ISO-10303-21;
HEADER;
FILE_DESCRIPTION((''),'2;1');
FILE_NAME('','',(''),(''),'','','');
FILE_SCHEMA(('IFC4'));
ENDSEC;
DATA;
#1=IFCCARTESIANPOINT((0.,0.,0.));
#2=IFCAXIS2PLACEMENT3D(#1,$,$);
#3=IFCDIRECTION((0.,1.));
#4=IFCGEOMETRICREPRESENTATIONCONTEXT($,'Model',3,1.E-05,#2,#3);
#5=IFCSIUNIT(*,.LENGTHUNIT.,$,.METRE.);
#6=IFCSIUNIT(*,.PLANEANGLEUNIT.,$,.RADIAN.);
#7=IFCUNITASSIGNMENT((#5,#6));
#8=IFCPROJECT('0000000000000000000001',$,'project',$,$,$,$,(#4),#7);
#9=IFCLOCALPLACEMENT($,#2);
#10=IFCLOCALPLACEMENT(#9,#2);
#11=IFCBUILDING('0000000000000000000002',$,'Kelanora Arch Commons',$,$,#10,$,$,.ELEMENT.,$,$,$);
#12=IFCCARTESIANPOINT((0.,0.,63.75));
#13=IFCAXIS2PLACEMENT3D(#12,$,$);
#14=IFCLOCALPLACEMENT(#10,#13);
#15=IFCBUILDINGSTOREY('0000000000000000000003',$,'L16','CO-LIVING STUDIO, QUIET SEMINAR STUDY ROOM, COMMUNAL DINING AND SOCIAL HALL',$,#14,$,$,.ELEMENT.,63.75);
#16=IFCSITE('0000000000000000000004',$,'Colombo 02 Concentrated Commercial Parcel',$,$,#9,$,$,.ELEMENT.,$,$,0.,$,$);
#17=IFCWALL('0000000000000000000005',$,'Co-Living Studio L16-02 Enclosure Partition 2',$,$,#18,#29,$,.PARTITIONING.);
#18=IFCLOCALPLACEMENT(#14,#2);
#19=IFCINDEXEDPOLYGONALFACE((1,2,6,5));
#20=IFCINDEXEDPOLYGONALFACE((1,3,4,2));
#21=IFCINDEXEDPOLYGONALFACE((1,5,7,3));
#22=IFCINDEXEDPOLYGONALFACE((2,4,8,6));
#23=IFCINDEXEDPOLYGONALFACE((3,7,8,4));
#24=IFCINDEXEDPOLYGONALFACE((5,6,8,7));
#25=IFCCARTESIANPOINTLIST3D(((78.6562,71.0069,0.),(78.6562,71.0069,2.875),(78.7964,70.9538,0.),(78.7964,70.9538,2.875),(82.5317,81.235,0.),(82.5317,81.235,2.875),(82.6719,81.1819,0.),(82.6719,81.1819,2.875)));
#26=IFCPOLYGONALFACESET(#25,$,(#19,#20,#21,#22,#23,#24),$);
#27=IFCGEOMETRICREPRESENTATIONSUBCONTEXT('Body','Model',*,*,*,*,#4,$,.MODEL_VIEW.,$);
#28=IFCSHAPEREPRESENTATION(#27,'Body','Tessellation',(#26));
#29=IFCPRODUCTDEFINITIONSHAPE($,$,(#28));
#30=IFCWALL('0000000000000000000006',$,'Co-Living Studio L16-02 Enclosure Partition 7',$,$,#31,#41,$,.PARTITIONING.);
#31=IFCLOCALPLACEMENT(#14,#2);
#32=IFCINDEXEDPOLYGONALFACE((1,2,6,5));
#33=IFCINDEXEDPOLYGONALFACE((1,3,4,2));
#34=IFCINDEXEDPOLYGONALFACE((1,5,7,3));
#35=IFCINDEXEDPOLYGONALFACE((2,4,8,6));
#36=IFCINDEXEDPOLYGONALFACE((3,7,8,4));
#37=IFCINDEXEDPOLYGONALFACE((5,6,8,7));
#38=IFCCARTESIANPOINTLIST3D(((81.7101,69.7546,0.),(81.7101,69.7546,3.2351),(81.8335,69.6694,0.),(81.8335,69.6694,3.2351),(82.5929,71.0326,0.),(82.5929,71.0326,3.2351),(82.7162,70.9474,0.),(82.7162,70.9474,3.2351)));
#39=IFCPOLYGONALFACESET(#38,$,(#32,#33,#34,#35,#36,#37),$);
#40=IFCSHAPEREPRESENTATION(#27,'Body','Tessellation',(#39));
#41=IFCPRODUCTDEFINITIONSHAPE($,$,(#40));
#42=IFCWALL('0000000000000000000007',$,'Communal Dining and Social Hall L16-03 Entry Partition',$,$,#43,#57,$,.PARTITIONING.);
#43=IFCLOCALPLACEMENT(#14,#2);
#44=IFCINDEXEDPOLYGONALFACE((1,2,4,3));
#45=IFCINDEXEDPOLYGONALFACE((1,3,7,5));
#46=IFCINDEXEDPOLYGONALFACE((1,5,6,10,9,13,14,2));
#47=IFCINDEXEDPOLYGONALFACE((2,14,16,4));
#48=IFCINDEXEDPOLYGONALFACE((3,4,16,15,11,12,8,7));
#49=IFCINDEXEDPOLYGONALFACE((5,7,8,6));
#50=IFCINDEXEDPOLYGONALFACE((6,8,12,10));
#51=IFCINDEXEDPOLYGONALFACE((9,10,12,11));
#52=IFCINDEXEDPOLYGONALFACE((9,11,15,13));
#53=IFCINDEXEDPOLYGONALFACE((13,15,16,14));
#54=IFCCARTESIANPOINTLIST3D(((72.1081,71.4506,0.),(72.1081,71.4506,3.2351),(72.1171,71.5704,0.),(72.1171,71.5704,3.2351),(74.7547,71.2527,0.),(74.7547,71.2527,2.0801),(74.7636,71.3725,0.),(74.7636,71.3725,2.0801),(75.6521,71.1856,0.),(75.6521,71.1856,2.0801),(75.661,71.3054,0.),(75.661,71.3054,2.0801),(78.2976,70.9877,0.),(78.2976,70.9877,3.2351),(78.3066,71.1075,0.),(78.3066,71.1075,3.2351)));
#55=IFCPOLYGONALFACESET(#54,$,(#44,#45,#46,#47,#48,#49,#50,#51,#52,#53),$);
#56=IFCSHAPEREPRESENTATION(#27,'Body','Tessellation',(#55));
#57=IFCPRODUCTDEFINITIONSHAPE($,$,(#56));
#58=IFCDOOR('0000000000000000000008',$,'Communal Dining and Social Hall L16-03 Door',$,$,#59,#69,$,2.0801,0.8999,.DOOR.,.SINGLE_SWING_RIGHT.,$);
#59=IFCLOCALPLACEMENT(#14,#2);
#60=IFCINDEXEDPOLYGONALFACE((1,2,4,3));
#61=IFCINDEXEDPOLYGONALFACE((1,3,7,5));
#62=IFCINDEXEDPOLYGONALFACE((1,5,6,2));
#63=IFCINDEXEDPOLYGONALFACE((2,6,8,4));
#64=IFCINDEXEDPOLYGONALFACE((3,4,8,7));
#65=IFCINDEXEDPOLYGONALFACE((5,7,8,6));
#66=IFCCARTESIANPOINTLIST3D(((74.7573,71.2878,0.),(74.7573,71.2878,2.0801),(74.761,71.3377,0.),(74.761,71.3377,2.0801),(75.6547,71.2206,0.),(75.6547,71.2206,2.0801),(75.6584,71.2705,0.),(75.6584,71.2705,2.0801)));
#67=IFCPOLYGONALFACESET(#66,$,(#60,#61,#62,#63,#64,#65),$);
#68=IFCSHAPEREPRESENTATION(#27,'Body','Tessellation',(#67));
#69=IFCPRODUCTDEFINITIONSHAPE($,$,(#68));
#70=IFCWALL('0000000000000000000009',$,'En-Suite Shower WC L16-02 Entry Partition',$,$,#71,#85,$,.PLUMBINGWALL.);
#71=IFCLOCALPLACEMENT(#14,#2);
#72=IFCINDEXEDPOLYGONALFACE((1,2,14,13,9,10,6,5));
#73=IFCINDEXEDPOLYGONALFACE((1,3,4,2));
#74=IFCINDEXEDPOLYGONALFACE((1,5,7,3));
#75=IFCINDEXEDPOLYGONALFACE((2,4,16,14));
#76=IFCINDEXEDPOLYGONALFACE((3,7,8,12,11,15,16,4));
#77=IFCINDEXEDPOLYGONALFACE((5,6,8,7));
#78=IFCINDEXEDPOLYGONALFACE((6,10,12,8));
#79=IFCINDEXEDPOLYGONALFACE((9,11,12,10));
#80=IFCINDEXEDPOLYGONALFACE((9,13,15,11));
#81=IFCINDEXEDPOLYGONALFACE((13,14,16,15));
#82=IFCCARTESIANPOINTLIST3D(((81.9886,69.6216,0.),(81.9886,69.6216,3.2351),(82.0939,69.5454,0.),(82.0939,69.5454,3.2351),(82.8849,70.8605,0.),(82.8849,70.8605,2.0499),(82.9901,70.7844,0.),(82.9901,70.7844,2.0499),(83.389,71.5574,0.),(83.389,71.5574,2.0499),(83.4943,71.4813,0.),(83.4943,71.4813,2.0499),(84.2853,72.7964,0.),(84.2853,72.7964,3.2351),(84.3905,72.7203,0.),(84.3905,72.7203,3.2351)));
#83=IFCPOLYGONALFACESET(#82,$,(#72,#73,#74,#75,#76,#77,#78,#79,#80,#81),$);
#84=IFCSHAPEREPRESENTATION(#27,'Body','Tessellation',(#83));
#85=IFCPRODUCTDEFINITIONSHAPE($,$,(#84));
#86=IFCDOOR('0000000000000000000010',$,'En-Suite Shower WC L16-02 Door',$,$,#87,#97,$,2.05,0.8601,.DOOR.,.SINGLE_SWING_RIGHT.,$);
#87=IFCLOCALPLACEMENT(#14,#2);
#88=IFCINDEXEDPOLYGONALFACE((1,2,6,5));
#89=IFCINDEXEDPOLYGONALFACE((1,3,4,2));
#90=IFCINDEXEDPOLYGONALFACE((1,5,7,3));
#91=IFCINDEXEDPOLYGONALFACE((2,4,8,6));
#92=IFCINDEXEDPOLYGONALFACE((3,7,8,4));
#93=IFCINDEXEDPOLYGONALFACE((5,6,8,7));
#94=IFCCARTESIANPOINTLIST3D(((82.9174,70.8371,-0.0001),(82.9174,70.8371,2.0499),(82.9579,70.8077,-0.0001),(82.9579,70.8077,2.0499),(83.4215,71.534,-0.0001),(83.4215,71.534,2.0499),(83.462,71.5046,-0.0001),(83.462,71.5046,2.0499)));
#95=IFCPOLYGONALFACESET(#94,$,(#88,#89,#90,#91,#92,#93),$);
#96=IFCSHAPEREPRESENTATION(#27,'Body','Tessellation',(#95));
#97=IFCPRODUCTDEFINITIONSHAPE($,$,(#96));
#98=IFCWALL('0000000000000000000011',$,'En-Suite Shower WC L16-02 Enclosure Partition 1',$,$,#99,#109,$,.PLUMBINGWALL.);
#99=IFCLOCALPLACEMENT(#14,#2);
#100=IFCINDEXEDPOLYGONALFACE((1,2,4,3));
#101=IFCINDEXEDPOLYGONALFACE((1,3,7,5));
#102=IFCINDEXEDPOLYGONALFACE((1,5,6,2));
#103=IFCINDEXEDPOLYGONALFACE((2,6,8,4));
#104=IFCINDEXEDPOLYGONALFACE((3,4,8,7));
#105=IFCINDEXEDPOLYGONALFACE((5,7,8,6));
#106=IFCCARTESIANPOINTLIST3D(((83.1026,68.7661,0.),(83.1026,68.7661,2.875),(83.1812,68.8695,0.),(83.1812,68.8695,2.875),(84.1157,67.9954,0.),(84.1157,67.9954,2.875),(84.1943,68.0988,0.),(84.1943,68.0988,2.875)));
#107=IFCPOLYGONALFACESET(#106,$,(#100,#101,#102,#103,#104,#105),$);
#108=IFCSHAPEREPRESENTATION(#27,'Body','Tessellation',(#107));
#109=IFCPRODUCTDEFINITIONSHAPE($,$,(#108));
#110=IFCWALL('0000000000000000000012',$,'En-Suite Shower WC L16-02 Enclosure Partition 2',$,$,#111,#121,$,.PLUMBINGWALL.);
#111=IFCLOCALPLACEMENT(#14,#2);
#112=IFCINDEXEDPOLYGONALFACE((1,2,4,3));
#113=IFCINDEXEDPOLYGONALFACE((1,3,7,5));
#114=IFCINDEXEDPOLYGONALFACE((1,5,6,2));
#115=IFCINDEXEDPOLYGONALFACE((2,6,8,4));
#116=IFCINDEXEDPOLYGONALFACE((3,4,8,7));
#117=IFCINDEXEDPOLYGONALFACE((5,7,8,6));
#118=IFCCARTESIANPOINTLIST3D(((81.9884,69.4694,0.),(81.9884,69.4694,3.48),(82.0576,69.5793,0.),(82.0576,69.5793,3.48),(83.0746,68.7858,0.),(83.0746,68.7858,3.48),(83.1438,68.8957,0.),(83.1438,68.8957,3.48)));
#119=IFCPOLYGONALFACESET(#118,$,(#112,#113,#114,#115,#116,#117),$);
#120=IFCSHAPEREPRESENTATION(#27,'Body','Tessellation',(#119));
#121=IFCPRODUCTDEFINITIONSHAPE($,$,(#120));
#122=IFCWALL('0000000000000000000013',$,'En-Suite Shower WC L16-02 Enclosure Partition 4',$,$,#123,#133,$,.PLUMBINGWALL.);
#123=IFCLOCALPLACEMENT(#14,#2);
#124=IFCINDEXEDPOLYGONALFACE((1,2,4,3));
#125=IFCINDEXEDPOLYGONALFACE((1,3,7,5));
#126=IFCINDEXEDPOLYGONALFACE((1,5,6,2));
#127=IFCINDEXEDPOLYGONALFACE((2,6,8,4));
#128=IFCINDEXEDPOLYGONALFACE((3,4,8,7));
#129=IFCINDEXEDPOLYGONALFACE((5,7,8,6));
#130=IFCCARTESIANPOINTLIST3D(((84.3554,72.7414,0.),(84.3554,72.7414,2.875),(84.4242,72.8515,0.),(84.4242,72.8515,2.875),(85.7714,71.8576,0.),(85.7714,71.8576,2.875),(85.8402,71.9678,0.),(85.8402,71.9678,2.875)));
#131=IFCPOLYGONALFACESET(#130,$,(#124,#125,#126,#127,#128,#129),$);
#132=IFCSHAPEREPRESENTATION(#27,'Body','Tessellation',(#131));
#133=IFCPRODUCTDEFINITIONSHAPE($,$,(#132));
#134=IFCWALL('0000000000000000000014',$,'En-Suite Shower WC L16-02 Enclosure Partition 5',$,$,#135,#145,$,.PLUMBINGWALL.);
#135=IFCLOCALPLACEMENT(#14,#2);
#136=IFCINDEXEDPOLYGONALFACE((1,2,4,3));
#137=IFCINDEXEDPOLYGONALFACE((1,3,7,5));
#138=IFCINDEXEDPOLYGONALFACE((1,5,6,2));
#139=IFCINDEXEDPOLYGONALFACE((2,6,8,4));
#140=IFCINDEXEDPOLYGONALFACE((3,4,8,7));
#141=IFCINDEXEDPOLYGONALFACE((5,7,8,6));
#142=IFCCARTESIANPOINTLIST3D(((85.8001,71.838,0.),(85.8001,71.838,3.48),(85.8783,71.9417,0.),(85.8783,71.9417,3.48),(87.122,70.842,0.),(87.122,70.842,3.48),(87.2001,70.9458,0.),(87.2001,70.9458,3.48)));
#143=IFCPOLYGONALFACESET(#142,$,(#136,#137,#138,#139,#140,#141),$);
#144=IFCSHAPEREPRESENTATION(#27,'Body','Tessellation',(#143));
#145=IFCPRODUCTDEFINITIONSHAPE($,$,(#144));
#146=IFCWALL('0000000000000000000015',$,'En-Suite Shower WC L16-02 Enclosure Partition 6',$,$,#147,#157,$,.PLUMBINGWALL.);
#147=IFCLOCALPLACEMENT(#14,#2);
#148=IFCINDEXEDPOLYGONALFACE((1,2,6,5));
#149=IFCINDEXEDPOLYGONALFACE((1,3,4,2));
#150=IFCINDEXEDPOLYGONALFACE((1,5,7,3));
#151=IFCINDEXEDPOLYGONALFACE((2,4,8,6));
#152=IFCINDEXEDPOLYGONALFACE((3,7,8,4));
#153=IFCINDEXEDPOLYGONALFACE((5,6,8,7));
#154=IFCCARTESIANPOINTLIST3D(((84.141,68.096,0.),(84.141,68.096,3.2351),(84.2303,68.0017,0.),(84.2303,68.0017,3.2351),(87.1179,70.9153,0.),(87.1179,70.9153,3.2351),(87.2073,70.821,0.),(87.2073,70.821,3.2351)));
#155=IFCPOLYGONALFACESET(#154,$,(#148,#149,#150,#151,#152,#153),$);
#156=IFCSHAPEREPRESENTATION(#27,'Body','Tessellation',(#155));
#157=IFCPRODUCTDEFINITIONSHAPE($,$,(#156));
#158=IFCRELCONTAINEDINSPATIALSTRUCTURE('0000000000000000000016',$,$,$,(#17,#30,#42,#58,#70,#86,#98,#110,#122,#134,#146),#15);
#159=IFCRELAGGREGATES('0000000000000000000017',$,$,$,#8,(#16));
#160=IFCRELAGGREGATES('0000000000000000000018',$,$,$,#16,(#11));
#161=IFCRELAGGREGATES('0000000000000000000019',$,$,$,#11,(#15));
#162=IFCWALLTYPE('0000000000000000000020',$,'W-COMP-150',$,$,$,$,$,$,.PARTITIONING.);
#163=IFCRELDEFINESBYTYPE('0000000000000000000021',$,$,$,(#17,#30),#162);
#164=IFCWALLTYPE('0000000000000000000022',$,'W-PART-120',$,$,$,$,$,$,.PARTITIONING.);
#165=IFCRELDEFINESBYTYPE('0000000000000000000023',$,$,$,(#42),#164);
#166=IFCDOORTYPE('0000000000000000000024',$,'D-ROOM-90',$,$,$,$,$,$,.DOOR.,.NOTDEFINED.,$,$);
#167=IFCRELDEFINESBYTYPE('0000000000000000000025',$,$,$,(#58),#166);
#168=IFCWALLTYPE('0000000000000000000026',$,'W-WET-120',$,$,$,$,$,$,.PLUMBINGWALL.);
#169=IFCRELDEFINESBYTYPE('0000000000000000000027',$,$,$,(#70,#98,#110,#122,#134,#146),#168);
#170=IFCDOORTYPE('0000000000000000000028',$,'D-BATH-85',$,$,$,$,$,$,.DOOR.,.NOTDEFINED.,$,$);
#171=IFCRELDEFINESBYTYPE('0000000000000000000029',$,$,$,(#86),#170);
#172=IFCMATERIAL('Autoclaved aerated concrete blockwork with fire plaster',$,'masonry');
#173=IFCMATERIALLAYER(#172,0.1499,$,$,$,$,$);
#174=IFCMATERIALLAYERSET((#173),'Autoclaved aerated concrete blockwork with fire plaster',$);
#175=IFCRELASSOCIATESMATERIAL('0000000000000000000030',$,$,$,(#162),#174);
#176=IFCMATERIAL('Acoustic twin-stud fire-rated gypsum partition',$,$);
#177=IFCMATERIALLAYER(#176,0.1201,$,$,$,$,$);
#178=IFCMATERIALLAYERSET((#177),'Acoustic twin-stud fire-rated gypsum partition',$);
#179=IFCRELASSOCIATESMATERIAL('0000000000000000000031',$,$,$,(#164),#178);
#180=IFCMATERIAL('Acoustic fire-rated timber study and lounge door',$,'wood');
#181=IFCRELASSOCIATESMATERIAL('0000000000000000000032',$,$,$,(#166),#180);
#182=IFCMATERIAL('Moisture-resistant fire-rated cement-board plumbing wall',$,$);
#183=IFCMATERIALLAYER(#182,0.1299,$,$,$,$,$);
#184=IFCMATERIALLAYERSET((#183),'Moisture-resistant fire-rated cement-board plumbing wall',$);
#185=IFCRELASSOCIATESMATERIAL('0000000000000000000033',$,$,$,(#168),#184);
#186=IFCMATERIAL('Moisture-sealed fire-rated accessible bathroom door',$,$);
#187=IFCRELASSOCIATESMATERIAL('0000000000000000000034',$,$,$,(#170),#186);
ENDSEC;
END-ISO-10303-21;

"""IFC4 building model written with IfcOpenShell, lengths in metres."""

from ifc_helpers import new_model, si_unit, direction, frame, frame_2d, origin, place, context, subcontext, project, spatial, rectangle, extrude, material, layer, layer_set, type_object, element, fill, save


model = new_model("IFC4")

# Units and contexts
model_context = context("Model", 3, precision=1e-05, world=origin(), true_north=direction((0.0, 1.0)))
body_context = subcontext(model_context, "Body", "Model", "MODEL_VIEW")
ifc_project = project(units=[si_unit("LENGTHUNIT", "METRE"), si_unit("PLANEANGLEUNIT", "RADIAN")], contexts=[model_context])

# Site, building, storey
site_placement = place(None, origin())
site = spatial("IfcSite", under=ifc_project, at=site_placement, Name="Colombo 02 Concentrated Commercial Parcel", CompositionType="ELEMENT", RefElevation=0.0)
building_placement = place(site_placement, origin())
building = spatial("IfcBuilding", under=site, at=building_placement, Name="Kelanora Arch Commons", CompositionType="ELEMENT")
storey_placement = place(building_placement, frame((0.0, 0.0, 63.75)))
storey = spatial("IfcBuildingStorey", under=building, at=storey_placement, Name="L16", Description="CO-LIVING STUDIO, QUIET SEMINAR STUDY ROOM, COMMUNAL DINING AND SOCIAL HALL", CompositionType="ELEMENT", Elevation=63.75)

# Shared definitions
ifc_material_1 = material(Name="Autoclaved aerated concrete blockwork with fire plaster", Category="masonry")
ifc_layer_1 = layer(ifc_material_1, 0.1499)
ifc_layer_set_1 = layer_set([ifc_layer_1], Name="Autoclaved aerated concrete blockwork with fire plaster")
wall_type_1 = type_object("IfcWallType", Name="W-COMP-150", PredefinedType="PARTITIONING", material=ifc_layer_set_1)

# Walls
wall_1_placement = place(storey_placement, frame((78.7263, 70.9805, 0.0), z_axis=(0.0, 0.0, 1.0), x_axis=(0.354326, 0.935122, 0.0)))
element("IfcWall", 1, at=wall_1_placement, inside=storey, type_object=wall_type_1, Name="Co-Living Studio L16-02 Enclosure Partition 2", PredefinedType="PARTITIONING", context=body_context, shape_type="SweptSolid", body=[
    extrude(rectangle(XDim=10.9377, YDim=0.1499, at=frame_2d((5.4688, 0.0))), origin(), (0.0, 0.0, 1.0), 2.875),
])
wall_2_placement = place(storey_placement, frame((82.6545, 70.99, 0.0), z_axis=(0.0, 0.0, 1.0), x_axis=(-0.568335, -0.822797, 0.0)))
element("IfcWall", 2, at=wall_2_placement, inside=storey, type_object=wall_type_1, Name="Co-Living Studio L16-02 Enclosure Partition 7", PredefinedType="PARTITIONING", context=body_context, shape_type="SweptSolid", body=[
    extrude(rectangle(XDim=1.5532, YDim=0.1499, at=frame_2d((0.7766, 0.0))), origin(), (0.0, 0.0, 1.0), 3.2351),
])

# Walls, openings, doors
ifc_material_2 = material(Name="Acoustic twin-stud fire-rated gypsum partition")
ifc_layer_2 = layer(ifc_material_2, 0.1201)
ifc_layer_set_2 = layer_set([ifc_layer_2], Name="Acoustic twin-stud fire-rated gypsum partition")
wall_type_2 = type_object("IfcWallType", Name="W-PART-120", PredefinedType="PARTITIONING", material=ifc_layer_set_2)
wall_3_placement = place(storey_placement, frame((78.3022, 71.0476, 0.0), z_axis=(0.0, 0.0, 1.0), x_axis=(-0.997215, 0.074579, 0.0)))
wall_3 = element("IfcWall", 3, at=wall_3_placement, inside=storey, type_object=wall_type_2, Name="Communal Dining and Social Hall L16-03 Entry Partition", PredefinedType="PARTITIONING", context=body_context, shape_type="SweptSolid", body=[
    extrude(rectangle(XDim=6.2068, YDim=0.1201, at=frame_2d((3.1035, 0.0))), origin(), (0.0, 0.0, 1.0), 3.2351),
])
opening_1_placement = place(wall_3_placement, frame((2.6531, 0.0, 0.0)))
opening_1 = element("IfcOpeningElement", 4, at=opening_1_placement, cuts=wall_3, PredefinedType="OPENING", context=body_context, shape_type="SweptSolid", body=[
    extrude(rectangle(XDim=0.8999, YDim=2.0801, at=frame_2d((0.45, 1.04))), frame((0.0, 0.0701, 0.0), z_axis=(0.0, -1.0, 0.0), x_axis=(1.0, 0.0, 0.0)), (0.0, 0.0, 1.0), 0.1401),
])
ifc_material_3 = material(Name="Acoustic fire-rated timber study and lounge door", Category="wood")
door_type_1 = type_object("IfcDoorType", Name="D-ROOM-90", OperationType="NOTDEFINED", PredefinedType="DOOR", material=ifc_material_3)
door_1_placement = place(opening_1_placement, origin())
door_1 = element("IfcDoor", 5, at=door_1_placement, inside=storey, type_object=door_type_1, Name="Communal Dining and Social Hall L16-03 Door", OperationType="SINGLE_SWING_RIGHT", OverallHeight=2.0801, OverallWidth=0.8999, PredefinedType="DOOR", context=body_context, shape_type="SweptSolid", body=[
    extrude(rectangle(XDim=0.8999, YDim=2.0801, at=frame_2d((0.45, 1.04))), frame((0.0, 0.0249, 0.0), z_axis=(0.0, -1.0, 0.0), x_axis=(1.0, 0.0, 0.0)), (0.0, 0.0, 1.0), 0.05),
])
fill(opening_1, door_1)
ifc_material_4 = material(Name="Moisture-resistant fire-rated cement-board plumbing wall")
ifc_layer_3 = layer(ifc_material_4, 0.1299)
ifc_layer_set_3 = layer_set([ifc_layer_3], Name="Moisture-resistant fire-rated cement-board plumbing wall")
wall_type_3 = type_object("IfcWallType", Name="W-WET-120", PredefinedType="PLUMBINGWALL", material=ifc_layer_set_3)
wall_4_placement = place(storey_placement, frame((82.0413, 69.5835, 0.0), z_axis=(0.0, 0.0, 1.0), x_axis=(0.586114, 0.810229, 0.0)))
wall_4 = element("IfcWall", 6, at=wall_4_placement, inside=storey, type_object=wall_type_3, Name="En-Suite Shower WC L16-02 Entry Partition", PredefinedType="PLUMBINGWALL", context=body_context, shape_type="SweptSolid", body=[
    extrude(rectangle(XDim=3.9185, YDim=0.1299, at=frame_2d((1.9592, 0.0))), origin(), (0.0, 0.0, 1.0), 3.2351),
])
opening_2_placement = place(wall_4_placement, frame((1.5291, 0.0, 0.0)))
opening_2 = element("IfcOpeningElement", 7, at=opening_2_placement, cuts=wall_4, PredefinedType="OPENING", context=body_context, shape_type="SweptSolid", body=[
    extrude(rectangle(XDim=0.8601, YDim=2.05, at=frame_2d((0.4302, 1.0249))), frame((0.0, 0.075, 0.0), z_axis=(0.0, -1.0, 0.0), x_axis=(1.0, 0.0, 0.0)), (0.0, 0.0, 1.0), 0.1499),
])
ifc_material_5 = material(Name="Moisture-sealed fire-rated accessible bathroom door")
door_type_2 = type_object("IfcDoorType", Name="D-BATH-85", OperationType="NOTDEFINED", PredefinedType="DOOR", material=ifc_material_5)
door_2_placement = place(opening_2_placement, origin())
door_2 = element("IfcDoor", 8, at=door_2_placement, inside=storey, type_object=door_type_2, Name="En-Suite Shower WC L16-02 Door", OperationType="SINGLE_SWING_RIGHT", OverallHeight=2.05, OverallWidth=0.8601, PredefinedType="DOOR", context=body_context, shape_type="SweptSolid", body=[
    extrude(rectangle(XDim=0.8601, YDim=2.05, at=frame_2d((0.4302, 1.0249))), frame((0.0, 0.0249, 0.0), z_axis=(0.0, -1.0, 0.0), x_axis=(1.0, 0.0, 0.0)), (0.0, 0.0, 1.0), 0.05),
])
fill(opening_2, door_2)

# Walls
wall_5_placement = place(storey_placement, frame((84.155, 68.0471, 0.0), z_axis=(0.0, 0.0, 1.0), x_axis=(-0.795885, 0.605448, 0.0)))
element("IfcWall", 9, at=wall_5_placement, inside=storey, type_object=wall_type_3, Name="En-Suite Shower WC L16-02 Enclosure Partition 1", PredefinedType="PLUMBINGWALL", context=body_context, shape_type="SweptSolid", body=[
    extrude(rectangle(XDim=1.2729, YDim=0.1299, at=frame_2d((0.6365, 0.0))), origin(), (0.0, 0.0, 1.0), 2.875),
])
wall_6_placement = place(storey_placement, frame((83.1091, 68.8408, 0.0), z_axis=(0.0, 0.0, 1.0), x_axis=(-0.846338, 0.532647, 0.0)))
element("IfcWall", 10, at=wall_6_placement, inside=storey, type_object=wall_type_3, Name="En-Suite Shower WC L16-02 Enclosure Partition 2", PredefinedType="PLUMBINGWALL", context=body_context, shape_type="SweptSolid", body=[
    extrude(rectangle(XDim=1.2834, YDim=0.1299, at=frame_2d((0.6416, 0.0))), origin(), (0.0, 0.0, 1.0), 3.48),
])
wall_7_placement = place(storey_placement, frame((84.3899, 72.7964, 0.0), z_axis=(0.0, 0.0, 1.0), x_axis=(0.848327, -0.529473, 0.0)))
element("IfcWall", 11, at=wall_7_placement, inside=storey, type_object=wall_type_3, Name="En-Suite Shower WC L16-02 Enclosure Partition 4", PredefinedType="PLUMBINGWALL", context=body_context, shape_type="SweptSolid", body=[
    extrude(rectangle(XDim=1.6692, YDim=0.1299, at=frame_2d((0.8345, 0.0))), origin(), (0.0, 0.0, 1.0), 2.875),
])
wall_8_placement = place(storey_placement, frame((85.8391, 71.8899, 0.0), z_axis=(0.0, 0.0, 1.0), x_axis=(0.798688, -0.601745, 0.0)))
element("IfcWall", 12, at=wall_8_placement, inside=storey, type_object=wall_type_3, Name="En-Suite Shower WC L16-02 Enclosure Partition 5", PredefinedType="PLUMBINGWALL", context=body_context, shape_type="SweptSolid", body=[
    extrude(rectangle(XDim=1.655, YDim=0.1299, at=frame_2d((0.8276, 0.0))), origin(), (0.0, 0.0, 1.0), 3.48),
])
wall_9_placement = place(storey_placement, frame((87.1626, 70.8682, 0.0), z_axis=(0.0, 0.0, 1.0), x_axis=(-0.726078, -0.687613, 0.0)))
element("IfcWall", 13, at=wall_9_placement, inside=storey, type_object=wall_type_3, Name="En-Suite Shower WC L16-02 Enclosure Partition 6", PredefinedType="PLUMBINGWALL", context=body_context, shape_type="SweptSolid", body=[
    extrude(rectangle(XDim=4.1001, YDim=0.1299, at=frame_2d((2.05, 0.0))), origin(), (0.0, 0.0, 1.0), 3.2351),
])

save(model, "model.ifc")
